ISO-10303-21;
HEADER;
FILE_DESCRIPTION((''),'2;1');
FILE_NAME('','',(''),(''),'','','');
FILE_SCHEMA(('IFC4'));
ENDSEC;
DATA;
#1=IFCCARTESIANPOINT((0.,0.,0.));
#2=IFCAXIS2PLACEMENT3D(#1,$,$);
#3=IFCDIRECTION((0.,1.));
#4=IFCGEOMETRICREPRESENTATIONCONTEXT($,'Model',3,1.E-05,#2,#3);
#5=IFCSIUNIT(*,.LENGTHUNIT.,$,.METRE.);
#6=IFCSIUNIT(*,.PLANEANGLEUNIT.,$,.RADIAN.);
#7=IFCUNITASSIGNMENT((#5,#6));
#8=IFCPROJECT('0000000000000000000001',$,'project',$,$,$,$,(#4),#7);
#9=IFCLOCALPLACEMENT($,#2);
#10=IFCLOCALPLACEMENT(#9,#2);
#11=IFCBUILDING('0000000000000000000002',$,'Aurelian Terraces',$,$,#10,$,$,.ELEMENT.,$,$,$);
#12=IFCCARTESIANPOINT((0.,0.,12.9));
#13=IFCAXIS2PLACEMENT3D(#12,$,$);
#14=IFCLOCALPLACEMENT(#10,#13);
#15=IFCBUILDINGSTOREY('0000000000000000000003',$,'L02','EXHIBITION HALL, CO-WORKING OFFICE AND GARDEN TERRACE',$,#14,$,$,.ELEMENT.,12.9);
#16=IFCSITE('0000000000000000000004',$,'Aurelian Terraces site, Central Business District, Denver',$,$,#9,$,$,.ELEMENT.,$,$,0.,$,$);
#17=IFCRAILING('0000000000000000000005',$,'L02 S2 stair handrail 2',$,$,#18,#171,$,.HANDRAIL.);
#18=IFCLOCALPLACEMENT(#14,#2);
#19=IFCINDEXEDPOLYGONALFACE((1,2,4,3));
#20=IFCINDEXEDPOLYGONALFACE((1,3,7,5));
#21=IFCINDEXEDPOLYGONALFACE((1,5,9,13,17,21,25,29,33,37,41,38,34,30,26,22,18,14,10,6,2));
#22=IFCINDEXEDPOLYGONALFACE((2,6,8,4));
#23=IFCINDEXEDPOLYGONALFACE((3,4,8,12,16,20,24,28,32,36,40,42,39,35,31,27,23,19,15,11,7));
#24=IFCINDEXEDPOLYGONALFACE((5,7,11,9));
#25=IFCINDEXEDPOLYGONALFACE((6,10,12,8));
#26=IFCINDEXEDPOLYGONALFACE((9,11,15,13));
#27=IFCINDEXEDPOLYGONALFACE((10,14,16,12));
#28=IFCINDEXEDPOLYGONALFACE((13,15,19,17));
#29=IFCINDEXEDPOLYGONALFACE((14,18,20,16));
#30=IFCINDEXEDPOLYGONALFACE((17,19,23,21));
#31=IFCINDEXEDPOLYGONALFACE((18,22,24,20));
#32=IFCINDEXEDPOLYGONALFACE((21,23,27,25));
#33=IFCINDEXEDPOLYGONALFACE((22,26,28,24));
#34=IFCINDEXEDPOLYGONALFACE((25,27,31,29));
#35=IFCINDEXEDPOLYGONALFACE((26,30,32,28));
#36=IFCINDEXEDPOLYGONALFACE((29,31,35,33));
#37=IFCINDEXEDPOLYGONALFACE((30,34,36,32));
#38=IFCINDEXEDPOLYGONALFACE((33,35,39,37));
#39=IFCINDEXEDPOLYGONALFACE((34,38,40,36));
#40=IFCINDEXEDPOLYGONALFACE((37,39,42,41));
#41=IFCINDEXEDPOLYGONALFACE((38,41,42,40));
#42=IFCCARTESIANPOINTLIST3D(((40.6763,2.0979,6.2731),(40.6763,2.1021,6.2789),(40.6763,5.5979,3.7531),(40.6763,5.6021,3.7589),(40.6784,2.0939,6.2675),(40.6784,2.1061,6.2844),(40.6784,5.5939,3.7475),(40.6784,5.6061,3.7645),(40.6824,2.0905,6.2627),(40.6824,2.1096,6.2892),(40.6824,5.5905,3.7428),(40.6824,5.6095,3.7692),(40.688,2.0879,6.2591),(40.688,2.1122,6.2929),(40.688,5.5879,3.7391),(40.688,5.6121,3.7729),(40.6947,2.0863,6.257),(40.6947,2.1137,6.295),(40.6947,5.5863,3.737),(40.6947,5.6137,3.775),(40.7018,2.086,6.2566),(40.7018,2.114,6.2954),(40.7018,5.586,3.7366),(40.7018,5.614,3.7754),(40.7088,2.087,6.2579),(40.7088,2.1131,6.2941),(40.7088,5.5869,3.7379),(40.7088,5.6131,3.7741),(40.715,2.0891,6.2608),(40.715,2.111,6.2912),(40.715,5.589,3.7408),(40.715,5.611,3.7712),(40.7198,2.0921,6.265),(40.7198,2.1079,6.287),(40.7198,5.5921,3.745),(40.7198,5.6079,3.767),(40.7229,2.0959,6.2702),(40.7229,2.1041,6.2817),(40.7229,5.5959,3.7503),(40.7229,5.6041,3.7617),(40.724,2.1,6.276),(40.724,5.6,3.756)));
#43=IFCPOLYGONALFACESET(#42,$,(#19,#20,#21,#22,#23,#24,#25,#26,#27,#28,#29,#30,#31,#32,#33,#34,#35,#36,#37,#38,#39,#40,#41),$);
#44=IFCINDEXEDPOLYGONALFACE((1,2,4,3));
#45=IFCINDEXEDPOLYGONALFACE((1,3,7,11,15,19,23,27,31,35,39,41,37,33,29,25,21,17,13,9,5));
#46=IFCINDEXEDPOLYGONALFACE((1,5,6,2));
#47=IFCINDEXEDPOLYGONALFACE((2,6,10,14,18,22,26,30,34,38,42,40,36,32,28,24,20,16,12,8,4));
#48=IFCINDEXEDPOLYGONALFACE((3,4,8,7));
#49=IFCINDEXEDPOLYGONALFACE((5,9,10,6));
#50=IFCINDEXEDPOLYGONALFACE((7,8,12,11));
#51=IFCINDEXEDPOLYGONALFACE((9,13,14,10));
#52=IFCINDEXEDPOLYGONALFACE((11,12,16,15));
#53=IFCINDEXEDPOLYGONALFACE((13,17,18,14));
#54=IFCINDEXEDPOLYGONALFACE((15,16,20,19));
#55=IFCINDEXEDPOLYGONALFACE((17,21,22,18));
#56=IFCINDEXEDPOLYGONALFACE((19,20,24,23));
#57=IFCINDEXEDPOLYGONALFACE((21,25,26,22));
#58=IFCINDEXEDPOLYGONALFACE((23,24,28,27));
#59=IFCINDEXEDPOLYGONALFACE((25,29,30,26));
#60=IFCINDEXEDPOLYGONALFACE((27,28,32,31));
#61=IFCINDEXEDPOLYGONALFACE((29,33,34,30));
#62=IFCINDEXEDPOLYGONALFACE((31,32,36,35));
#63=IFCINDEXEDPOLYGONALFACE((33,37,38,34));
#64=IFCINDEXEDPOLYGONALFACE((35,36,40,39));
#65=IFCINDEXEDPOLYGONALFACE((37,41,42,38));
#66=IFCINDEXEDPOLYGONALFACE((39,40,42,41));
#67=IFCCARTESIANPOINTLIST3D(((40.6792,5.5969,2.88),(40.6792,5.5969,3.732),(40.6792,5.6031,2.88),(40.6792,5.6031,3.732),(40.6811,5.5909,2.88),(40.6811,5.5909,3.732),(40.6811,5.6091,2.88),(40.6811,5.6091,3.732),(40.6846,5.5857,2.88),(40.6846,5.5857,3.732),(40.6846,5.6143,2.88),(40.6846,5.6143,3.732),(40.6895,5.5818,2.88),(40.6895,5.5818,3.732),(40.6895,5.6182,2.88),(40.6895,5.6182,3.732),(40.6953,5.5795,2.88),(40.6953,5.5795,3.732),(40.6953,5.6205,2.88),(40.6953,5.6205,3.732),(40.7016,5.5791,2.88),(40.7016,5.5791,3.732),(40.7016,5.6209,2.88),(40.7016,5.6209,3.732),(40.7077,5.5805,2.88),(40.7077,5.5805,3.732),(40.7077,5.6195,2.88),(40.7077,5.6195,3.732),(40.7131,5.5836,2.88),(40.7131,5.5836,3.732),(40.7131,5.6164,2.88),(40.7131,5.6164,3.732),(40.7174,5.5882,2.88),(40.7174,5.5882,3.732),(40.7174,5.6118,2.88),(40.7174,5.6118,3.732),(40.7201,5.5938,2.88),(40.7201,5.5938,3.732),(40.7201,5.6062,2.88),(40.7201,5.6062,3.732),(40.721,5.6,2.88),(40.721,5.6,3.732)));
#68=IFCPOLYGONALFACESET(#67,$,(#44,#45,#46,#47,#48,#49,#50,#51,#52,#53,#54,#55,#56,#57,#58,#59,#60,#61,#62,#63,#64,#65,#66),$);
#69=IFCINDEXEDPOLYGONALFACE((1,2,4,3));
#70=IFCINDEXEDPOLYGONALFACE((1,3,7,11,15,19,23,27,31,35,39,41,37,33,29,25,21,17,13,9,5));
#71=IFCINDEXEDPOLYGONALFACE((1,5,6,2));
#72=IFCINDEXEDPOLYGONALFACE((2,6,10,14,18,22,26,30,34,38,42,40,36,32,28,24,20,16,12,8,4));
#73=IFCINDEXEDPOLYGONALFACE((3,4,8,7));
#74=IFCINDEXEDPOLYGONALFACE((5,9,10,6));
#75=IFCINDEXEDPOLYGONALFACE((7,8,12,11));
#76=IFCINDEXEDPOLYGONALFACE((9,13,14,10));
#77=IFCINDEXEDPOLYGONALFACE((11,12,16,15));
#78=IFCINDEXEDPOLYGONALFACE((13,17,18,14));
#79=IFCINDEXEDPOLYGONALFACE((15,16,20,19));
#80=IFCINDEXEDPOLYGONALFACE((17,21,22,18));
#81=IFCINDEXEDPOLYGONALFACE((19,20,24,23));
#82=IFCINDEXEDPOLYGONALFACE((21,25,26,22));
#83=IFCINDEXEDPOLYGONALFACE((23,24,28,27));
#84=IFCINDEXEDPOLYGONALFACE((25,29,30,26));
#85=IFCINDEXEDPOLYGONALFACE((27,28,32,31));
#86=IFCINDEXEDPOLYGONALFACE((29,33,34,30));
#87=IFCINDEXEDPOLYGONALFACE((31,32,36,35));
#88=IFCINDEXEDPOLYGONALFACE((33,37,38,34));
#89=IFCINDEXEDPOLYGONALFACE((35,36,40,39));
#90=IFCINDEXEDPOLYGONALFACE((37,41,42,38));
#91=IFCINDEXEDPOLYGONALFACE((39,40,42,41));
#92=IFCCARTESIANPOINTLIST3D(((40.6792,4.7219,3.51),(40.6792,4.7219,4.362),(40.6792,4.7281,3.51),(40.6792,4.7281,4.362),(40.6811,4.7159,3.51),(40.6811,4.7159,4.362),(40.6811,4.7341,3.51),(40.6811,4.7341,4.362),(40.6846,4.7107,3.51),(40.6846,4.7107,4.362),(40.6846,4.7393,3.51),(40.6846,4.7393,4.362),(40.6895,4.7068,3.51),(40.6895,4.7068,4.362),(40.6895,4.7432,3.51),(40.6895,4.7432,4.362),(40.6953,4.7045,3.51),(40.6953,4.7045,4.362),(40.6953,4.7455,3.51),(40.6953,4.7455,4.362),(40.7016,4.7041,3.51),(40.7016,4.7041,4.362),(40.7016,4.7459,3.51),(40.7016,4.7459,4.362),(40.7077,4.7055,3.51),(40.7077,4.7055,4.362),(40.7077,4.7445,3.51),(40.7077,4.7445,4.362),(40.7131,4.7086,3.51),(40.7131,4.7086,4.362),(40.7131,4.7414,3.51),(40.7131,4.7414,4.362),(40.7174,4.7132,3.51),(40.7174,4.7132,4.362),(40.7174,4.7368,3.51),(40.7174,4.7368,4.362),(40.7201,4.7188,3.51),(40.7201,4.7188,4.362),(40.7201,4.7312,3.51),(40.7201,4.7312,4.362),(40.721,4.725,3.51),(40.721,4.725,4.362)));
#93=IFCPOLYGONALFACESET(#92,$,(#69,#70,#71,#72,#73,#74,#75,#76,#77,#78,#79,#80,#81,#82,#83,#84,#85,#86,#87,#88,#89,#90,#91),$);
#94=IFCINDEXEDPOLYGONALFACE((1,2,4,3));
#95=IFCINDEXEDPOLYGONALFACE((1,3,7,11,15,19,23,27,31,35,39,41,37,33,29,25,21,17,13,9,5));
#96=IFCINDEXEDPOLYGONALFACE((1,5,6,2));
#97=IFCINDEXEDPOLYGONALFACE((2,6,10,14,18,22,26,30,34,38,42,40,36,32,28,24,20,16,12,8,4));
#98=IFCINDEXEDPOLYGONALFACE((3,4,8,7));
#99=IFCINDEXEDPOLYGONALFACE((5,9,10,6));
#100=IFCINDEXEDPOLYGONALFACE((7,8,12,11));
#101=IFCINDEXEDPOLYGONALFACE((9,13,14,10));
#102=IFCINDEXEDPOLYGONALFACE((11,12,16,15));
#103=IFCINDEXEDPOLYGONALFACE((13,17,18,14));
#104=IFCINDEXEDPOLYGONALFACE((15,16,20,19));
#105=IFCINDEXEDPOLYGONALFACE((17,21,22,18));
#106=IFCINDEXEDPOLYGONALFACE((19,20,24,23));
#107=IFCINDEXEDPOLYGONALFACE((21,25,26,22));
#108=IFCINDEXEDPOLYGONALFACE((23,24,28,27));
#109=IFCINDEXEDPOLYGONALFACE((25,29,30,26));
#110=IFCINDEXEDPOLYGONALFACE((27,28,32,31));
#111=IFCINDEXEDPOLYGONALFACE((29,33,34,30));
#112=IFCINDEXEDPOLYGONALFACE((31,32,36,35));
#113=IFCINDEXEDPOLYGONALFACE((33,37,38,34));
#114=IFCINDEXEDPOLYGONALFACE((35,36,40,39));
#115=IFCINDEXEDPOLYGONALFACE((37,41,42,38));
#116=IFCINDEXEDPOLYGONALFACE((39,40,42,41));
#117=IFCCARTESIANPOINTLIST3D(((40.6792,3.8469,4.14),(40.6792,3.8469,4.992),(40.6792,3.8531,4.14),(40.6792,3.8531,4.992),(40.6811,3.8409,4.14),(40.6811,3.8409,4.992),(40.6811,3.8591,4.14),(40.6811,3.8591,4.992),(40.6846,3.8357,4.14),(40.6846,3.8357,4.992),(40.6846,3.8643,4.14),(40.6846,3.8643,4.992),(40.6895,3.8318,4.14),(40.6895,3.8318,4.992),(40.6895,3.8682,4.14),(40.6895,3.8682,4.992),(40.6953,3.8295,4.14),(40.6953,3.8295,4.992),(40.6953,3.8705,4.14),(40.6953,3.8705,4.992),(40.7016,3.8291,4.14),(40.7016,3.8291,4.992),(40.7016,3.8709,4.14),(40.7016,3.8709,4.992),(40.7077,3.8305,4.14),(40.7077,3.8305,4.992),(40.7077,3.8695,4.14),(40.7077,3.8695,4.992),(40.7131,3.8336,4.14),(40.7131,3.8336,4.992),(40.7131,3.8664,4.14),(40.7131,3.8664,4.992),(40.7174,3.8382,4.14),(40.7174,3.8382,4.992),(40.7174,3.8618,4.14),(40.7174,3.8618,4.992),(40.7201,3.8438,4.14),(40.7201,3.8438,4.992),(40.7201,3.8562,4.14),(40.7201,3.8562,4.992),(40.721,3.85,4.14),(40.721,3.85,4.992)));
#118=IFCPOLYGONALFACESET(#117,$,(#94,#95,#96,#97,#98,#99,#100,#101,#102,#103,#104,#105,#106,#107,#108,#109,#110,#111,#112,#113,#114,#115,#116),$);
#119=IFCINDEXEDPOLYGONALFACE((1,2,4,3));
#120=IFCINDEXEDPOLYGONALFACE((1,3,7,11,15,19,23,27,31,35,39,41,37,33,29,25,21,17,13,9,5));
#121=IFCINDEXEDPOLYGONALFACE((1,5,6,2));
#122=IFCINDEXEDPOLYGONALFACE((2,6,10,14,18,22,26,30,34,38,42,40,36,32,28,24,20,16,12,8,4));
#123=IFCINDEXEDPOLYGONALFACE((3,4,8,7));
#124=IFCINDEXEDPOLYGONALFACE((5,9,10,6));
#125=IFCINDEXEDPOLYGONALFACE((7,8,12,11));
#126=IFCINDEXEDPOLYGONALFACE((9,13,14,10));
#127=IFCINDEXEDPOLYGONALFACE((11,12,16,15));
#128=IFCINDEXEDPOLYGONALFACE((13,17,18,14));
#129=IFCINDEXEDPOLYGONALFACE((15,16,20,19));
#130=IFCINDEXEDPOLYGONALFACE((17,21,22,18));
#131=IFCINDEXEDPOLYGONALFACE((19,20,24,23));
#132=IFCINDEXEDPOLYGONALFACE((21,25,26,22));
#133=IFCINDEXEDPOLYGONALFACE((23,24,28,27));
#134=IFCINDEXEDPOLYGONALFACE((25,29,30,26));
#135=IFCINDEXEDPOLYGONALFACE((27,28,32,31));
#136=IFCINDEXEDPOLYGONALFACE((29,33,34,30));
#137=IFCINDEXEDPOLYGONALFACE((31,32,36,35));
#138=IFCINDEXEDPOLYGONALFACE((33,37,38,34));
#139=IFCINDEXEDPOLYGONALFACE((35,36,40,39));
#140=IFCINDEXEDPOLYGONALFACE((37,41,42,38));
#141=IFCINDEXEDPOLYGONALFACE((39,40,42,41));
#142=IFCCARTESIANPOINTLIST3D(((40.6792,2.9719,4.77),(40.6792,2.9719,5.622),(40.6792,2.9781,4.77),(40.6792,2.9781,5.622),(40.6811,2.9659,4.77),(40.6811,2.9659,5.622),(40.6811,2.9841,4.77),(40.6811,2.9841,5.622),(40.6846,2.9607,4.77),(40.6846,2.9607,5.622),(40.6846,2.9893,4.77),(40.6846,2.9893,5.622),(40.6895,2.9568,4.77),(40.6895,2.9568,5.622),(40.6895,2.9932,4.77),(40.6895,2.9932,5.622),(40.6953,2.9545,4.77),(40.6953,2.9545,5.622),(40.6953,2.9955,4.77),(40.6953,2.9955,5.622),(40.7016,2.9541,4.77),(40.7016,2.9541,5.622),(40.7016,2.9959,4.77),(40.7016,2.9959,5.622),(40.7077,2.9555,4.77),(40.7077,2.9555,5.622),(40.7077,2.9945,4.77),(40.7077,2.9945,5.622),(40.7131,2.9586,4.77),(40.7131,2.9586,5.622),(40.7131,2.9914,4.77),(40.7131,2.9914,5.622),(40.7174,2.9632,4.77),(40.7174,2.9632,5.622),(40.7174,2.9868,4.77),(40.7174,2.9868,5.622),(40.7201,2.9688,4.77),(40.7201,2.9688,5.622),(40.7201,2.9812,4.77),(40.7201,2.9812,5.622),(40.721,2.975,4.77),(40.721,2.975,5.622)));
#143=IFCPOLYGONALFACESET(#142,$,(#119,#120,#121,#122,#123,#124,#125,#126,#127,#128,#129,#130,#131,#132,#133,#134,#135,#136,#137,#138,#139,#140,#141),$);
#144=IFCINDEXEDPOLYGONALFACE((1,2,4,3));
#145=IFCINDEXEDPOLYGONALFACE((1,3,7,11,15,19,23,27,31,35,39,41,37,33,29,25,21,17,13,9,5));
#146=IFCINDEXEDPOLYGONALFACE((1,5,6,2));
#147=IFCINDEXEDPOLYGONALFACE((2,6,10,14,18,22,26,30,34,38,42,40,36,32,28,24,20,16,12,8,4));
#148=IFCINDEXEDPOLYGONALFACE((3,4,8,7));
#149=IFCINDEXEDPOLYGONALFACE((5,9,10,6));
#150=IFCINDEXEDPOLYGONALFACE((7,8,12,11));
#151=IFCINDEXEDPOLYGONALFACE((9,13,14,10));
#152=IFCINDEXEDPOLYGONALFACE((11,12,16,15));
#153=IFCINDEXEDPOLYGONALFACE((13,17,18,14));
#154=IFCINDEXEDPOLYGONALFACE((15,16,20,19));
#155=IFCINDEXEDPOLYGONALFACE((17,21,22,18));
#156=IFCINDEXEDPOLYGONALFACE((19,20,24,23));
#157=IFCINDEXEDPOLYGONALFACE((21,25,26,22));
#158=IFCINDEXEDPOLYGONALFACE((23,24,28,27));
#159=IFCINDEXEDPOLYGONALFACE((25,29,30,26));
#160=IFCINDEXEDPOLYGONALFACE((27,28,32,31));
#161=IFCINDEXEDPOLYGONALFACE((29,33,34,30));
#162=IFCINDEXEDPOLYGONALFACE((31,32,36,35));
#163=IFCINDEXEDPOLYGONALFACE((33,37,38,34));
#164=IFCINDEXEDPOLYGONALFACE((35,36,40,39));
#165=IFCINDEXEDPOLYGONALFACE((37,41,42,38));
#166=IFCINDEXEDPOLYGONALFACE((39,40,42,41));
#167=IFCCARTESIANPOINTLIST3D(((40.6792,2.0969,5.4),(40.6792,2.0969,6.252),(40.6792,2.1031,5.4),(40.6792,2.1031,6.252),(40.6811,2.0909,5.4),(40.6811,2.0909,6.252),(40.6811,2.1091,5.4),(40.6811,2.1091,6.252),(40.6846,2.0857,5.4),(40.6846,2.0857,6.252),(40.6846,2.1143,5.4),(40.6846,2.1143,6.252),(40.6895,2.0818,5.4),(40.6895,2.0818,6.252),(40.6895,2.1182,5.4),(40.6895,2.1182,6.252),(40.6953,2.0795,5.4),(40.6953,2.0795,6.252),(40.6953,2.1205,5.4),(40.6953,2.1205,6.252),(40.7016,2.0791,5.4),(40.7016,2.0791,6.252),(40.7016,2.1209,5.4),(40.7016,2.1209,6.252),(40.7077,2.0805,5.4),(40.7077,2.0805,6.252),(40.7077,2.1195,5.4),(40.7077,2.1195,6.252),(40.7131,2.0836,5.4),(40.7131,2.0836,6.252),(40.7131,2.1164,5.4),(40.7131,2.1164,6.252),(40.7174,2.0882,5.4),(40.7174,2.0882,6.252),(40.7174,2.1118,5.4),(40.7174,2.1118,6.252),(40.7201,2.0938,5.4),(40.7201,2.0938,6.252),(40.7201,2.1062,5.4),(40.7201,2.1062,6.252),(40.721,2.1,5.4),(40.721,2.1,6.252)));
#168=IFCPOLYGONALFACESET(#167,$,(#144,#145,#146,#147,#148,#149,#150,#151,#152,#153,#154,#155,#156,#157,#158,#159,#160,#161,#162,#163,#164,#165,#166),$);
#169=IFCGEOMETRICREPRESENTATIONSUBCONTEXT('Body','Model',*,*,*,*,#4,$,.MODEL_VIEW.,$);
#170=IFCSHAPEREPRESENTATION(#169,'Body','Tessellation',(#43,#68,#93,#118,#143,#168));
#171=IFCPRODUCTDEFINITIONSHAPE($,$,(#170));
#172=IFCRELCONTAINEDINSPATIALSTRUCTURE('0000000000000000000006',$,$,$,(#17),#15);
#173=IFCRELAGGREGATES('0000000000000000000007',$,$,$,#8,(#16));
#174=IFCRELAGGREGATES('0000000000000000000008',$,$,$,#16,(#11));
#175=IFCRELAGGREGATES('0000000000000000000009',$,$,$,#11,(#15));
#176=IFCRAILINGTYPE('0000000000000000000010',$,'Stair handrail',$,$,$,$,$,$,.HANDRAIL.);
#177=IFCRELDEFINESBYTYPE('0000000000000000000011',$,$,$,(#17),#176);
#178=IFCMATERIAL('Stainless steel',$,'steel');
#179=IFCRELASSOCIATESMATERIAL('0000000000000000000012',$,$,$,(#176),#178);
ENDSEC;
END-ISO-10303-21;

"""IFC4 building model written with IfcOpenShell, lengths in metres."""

from ifc_helpers import new_model, si_unit, direction, frame, origin, origin_2d, place, context, subcontext, project, spatial, circle, extrude, source, transform, mapped, material, type_object, element, save


model = new_model("IFC4")

# Units and contexts
model_context = context("Model", 3, precision=1e-05, world=origin(), true_north=direction((0.0, 1.0)))
body_context = subcontext(model_context, "Body", "Model", "MODEL_VIEW")
ifc_project = project(units=[si_unit("LENGTHUNIT", "METRE"), si_unit("PLANEANGLEUNIT", "RADIAN")], contexts=[model_context])

# Site, building, storey
site_placement = place(None, origin())
site = spatial("IfcSite", under=ifc_project, at=site_placement, Name="Aurelian Terraces site, Central Business District, Denver", CompositionType="ELEMENT", RefElevation=0.0)
building_placement = place(site_placement, origin())
building = spatial("IfcBuilding", under=site, at=building_placement, Name="Aurelian Terraces", CompositionType="ELEMENT")
storey_placement = place(building_placement, frame((0.0, 0.0, 12.9)))
storey = spatial("IfcBuildingStorey", under=building, at=storey_placement, Name="L02", Description="EXHIBITION HALL, CO-WORKING OFFICE AND GARDEN TERRACE", CompositionType="ELEMENT", Elevation=12.9)

# Railing
ifc_material_1 = material(Name="Stainless steel", Category="steel")
railing_type_1 = type_object("IfcRailingType", Name="Stair handrail", PredefinedType="HANDRAIL", material=ifc_material_1)
shared_shape_1 = source(origin(), body_context, "Body", "SweptSolid", [
    extrude(circle(Radius=0.024, at=origin_2d()), frame((0.0, 0.0, 0.876), z_axis=(0.0, -0.811534, 0.584305), x_axis=(1.0, 0.0, 0.0)), (0.0, 0.0, 1.0), 4.3128),
    extrude(circle(Radius=0.021, at=origin_2d()), origin(), (0.0, 0.0, 1.0), 0.852),
    extrude(circle(Radius=0.021, at=origin_2d()), frame((0.0, -0.875, 0.63)), (0.0, 0.0, 1.0), 0.852),
    extrude(circle(Radius=0.021, at=origin_2d()), frame((0.0, -1.75, 1.26)), (0.0, 0.0, 1.0), 0.852),
    extrude(circle(Radius=0.021, at=origin_2d()), frame((0.0, -2.625, 1.89)), (0.0, 0.0, 1.0), 0.852),
    extrude(circle(Radius=0.021, at=origin_2d()), frame((0.0, -3.5, 2.52)), (0.0, 0.0, 1.0), 0.852),
])
for number, where, name in (
    (1, (40.7, 5.6, 2.88), "L02 S2 stair handrail 2"),
):
    element("IfcRailing", number, at=place(storey_placement, frame(where)), inside=storey, type_object=railing_type_1, Name=name, PredefinedType="HANDRAIL", context=body_context, shape_type="MappedRepresentation", body=[
        mapped(shared_shape_1, transform((0.0, 0.0, 0.0), scale=1.0)),
    ])

save(model, "model.ifc")
